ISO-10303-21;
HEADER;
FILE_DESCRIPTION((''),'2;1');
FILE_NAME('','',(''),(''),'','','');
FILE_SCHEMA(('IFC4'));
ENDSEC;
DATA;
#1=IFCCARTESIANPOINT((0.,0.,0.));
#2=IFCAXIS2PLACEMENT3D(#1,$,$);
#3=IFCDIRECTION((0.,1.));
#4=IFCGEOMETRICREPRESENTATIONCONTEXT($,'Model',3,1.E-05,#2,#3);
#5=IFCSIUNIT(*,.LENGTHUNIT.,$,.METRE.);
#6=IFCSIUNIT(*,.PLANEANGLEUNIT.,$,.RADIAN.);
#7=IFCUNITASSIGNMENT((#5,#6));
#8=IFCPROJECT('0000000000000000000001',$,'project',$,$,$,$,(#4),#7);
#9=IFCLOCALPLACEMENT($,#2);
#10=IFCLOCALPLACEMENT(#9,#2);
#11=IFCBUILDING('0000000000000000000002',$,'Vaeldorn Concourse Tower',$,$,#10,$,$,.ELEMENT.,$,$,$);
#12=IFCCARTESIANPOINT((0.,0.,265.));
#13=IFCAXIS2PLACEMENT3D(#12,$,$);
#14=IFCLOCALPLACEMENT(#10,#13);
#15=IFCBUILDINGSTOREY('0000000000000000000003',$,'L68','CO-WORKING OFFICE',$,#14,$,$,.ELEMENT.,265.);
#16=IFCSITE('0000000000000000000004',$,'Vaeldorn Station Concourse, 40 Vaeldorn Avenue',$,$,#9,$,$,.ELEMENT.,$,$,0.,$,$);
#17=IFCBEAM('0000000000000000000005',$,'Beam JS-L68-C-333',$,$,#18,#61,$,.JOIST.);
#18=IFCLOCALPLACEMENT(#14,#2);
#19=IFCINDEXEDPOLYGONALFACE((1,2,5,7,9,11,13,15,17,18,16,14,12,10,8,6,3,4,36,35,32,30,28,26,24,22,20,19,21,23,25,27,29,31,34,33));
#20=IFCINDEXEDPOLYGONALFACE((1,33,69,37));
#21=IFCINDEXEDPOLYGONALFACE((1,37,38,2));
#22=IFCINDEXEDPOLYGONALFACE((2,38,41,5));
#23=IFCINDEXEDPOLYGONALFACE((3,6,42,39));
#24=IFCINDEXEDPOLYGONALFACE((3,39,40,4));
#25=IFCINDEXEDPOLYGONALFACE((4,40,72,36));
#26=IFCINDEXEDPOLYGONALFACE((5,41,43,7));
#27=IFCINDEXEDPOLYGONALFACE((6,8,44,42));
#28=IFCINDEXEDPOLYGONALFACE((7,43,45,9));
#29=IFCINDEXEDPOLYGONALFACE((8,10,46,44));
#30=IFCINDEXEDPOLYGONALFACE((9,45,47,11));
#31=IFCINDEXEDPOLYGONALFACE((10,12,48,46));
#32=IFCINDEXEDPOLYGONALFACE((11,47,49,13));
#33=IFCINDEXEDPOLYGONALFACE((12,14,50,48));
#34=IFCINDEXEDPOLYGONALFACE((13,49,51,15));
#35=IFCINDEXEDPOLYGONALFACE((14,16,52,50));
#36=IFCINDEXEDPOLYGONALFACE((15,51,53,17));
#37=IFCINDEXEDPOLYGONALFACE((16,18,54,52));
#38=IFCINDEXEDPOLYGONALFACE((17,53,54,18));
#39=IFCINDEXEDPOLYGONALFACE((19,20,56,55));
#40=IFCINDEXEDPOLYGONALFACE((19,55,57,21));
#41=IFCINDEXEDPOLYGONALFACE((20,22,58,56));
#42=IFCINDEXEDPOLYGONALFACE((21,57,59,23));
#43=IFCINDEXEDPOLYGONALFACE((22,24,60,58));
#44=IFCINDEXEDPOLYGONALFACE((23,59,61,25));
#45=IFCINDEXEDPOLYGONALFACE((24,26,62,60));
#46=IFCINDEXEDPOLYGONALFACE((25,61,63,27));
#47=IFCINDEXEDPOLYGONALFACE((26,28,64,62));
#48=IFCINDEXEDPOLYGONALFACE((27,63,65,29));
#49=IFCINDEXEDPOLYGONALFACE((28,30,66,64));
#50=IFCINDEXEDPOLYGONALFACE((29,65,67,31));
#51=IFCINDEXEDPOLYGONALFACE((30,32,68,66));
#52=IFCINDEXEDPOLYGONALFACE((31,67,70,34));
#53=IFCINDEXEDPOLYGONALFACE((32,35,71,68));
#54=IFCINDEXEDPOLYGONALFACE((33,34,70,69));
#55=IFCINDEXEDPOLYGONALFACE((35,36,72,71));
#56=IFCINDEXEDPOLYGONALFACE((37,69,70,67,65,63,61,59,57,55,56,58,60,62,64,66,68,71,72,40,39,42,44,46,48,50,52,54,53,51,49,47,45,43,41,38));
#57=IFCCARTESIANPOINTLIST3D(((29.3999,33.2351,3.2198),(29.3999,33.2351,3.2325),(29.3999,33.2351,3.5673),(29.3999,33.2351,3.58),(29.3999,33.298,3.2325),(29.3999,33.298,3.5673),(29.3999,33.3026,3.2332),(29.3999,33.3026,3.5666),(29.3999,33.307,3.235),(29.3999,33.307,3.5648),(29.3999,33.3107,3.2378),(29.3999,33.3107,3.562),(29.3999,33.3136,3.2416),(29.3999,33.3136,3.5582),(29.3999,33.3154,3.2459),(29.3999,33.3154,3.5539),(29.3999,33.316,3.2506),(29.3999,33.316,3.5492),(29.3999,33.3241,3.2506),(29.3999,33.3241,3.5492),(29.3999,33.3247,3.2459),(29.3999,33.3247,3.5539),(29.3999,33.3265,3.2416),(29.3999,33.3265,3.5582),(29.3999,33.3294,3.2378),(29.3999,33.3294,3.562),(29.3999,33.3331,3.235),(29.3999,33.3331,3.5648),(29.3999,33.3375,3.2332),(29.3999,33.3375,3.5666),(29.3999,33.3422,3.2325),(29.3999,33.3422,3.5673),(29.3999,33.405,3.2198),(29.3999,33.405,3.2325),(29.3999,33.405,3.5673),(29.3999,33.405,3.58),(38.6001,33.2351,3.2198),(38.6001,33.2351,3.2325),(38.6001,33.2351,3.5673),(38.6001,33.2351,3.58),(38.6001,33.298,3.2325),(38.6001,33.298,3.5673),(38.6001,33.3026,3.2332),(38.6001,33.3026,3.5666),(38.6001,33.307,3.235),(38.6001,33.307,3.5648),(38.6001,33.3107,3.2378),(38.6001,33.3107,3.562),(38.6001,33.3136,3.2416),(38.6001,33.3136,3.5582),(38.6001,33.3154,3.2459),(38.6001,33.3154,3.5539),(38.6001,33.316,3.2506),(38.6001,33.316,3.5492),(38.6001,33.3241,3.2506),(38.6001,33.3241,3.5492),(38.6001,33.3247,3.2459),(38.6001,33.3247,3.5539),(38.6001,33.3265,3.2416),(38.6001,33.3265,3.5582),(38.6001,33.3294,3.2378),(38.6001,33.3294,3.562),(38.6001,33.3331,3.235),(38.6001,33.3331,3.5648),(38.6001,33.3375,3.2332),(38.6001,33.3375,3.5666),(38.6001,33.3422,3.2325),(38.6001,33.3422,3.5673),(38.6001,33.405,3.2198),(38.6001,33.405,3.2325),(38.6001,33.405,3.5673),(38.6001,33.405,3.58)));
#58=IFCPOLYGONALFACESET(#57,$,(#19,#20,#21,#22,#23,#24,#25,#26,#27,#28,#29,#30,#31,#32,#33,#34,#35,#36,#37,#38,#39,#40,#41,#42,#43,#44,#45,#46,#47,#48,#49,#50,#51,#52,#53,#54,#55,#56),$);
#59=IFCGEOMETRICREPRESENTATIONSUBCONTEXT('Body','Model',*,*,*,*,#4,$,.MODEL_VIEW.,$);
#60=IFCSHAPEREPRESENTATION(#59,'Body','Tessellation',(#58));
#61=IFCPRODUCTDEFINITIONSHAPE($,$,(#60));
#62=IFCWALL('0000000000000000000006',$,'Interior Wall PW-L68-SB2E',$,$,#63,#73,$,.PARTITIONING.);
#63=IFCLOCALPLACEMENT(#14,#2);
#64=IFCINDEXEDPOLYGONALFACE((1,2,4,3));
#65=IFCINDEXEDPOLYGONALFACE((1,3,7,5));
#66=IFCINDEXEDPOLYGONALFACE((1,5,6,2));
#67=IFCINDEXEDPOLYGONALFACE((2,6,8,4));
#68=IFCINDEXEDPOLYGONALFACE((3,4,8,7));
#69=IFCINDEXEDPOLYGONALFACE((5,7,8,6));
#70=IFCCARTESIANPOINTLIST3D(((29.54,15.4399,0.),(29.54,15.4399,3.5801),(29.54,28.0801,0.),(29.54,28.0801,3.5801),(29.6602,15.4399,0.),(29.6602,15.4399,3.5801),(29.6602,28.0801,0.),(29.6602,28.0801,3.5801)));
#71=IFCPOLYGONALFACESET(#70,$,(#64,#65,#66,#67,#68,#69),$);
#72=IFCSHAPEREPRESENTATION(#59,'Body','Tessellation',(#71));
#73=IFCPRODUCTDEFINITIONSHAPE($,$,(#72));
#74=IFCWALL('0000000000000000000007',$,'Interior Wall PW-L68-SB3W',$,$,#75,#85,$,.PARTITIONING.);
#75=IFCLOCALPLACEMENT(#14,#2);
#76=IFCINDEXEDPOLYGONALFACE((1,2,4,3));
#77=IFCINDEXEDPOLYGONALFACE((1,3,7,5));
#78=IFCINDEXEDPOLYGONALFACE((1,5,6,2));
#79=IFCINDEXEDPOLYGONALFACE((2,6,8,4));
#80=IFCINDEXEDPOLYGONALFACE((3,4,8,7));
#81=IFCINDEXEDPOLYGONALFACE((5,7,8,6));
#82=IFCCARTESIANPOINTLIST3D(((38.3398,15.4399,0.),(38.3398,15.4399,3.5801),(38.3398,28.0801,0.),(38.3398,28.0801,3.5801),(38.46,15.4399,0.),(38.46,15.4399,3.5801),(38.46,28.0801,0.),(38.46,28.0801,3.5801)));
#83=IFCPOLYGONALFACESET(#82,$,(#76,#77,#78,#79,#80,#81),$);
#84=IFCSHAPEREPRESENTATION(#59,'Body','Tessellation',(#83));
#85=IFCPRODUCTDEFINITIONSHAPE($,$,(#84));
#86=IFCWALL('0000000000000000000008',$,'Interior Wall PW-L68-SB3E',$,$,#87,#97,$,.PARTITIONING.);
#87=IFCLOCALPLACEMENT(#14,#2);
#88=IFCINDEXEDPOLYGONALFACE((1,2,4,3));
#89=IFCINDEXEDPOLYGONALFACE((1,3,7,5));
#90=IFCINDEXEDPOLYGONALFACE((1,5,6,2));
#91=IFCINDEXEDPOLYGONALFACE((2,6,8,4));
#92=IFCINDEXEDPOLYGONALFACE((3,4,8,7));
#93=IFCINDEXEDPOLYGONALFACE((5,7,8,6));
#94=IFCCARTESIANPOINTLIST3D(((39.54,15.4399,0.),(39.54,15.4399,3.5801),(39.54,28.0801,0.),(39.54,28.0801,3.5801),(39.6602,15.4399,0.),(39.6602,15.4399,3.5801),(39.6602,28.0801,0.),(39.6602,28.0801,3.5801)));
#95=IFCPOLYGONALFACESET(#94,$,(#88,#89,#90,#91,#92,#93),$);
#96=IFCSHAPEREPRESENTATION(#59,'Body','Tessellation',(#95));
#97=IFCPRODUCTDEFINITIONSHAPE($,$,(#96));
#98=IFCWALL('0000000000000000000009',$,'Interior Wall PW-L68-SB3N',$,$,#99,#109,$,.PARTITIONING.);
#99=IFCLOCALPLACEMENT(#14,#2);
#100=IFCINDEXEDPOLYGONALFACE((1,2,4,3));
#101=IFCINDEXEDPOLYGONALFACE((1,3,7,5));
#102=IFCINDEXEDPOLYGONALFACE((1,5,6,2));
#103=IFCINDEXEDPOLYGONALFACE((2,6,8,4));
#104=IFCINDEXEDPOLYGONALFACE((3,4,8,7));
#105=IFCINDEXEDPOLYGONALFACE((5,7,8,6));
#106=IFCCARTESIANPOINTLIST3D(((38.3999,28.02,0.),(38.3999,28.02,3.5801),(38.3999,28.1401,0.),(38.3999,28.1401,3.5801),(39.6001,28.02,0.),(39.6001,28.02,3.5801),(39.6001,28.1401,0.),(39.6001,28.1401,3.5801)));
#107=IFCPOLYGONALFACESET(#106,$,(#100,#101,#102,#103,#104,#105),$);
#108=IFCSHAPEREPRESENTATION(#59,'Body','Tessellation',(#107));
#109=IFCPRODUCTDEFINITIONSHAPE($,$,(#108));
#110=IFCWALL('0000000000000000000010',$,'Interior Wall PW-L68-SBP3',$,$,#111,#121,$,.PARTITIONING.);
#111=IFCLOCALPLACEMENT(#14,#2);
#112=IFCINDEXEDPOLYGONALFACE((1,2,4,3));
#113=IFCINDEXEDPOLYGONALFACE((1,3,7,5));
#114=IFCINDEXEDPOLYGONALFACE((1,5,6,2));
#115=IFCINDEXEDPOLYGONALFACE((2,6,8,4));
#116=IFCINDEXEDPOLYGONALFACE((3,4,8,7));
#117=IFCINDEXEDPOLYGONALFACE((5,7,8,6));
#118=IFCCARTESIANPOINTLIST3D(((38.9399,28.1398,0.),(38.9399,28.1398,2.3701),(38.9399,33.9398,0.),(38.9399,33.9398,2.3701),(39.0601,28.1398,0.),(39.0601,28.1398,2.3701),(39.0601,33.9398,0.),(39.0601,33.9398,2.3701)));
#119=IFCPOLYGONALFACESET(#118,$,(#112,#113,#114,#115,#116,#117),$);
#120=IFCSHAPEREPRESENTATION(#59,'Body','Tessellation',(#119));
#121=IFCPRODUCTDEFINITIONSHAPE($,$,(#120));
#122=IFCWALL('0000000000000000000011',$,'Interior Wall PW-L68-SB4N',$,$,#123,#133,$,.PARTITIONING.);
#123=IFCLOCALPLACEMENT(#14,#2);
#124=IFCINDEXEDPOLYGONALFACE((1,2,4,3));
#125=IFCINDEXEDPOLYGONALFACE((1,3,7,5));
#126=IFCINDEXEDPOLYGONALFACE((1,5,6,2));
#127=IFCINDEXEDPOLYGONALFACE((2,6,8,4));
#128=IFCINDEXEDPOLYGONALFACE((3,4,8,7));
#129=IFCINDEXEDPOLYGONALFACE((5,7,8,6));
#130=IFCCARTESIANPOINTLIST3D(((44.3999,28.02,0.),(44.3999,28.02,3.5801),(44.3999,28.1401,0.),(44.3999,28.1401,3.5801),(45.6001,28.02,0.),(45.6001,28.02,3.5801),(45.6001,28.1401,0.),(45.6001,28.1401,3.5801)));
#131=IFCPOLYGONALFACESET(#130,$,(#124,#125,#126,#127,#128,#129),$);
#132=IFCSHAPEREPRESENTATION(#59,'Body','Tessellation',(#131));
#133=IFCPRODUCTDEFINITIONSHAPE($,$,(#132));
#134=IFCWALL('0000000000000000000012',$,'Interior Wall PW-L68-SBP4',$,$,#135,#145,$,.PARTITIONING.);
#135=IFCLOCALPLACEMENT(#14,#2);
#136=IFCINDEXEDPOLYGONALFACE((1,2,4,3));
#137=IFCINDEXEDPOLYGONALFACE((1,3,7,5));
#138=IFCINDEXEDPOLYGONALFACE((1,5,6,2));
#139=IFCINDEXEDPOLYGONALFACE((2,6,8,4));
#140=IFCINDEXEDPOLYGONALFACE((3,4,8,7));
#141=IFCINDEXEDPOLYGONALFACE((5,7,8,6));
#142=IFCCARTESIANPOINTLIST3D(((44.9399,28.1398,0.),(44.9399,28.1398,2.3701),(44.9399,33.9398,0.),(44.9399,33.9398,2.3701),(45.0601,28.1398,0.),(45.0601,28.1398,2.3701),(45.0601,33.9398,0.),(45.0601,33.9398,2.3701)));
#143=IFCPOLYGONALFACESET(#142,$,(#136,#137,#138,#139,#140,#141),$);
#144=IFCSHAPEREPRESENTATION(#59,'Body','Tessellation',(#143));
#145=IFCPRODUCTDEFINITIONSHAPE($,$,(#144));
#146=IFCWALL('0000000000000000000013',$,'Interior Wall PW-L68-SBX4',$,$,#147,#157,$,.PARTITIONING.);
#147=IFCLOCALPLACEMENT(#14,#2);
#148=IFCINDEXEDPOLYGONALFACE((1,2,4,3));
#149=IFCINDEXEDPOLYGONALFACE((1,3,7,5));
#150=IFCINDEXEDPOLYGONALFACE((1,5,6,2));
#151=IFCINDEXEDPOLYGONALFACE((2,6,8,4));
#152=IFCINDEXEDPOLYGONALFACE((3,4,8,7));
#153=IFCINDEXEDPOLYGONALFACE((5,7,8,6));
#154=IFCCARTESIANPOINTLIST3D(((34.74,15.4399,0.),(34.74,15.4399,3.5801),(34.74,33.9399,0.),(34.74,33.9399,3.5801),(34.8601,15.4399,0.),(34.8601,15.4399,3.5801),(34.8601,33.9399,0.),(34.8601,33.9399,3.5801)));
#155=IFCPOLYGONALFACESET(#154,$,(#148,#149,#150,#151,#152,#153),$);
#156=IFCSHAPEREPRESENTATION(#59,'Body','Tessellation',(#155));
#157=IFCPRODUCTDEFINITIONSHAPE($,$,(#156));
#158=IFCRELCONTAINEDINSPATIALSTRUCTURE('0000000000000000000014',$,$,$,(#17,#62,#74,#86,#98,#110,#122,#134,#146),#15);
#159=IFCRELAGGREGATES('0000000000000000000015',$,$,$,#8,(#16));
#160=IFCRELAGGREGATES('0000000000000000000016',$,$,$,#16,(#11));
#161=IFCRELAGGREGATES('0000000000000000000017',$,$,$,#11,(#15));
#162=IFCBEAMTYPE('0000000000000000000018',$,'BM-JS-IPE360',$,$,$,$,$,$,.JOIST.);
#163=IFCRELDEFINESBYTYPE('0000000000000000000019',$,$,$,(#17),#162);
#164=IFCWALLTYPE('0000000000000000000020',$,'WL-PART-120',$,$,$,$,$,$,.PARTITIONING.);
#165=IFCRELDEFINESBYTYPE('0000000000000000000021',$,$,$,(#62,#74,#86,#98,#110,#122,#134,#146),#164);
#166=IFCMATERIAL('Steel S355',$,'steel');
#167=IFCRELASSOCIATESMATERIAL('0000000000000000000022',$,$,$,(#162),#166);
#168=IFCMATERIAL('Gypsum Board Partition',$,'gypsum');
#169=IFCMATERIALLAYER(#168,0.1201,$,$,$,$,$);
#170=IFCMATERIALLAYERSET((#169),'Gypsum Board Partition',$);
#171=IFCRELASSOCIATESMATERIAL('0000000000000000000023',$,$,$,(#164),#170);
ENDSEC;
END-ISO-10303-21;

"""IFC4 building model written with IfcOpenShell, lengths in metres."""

from ifc_helpers import new_model, si_unit, direction, frame, frame_2d, origin, origin_2d, place, context, subcontext, project, spatial, rectangle, i_section, extrude, source, transform, mapped, material, layer, layer_set, material_profile, profile_set, type_object, element, save


model = new_model("IFC4")

# Units and contexts
model_context = context("Model", 3, precision=1e-05, world=origin(), true_north=direction((0.0, 1.0)))
body_context = subcontext(model_context, "Body", "Model", "MODEL_VIEW")
ifc_project = project(units=[si_unit("LENGTHUNIT", "METRE"), si_unit("PLANEANGLEUNIT", "RADIAN")], contexts=[model_context])

# Site, building, storey
site_placement = place(None, origin())
site = spatial("IfcSite", under=ifc_project, at=site_placement, Name="Vaeldorn Station Concourse, 40 Vaeldorn Avenue", CompositionType="ELEMENT", RefElevation=0.0)
building_placement = place(site_placement, origin())
building = spatial("IfcBuilding", under=site, at=building_placement, Name="Vaeldorn Concourse Tower", CompositionType="ELEMENT")
storey_placement = place(building_placement, frame((0.0, 0.0, 265.0)))
storey = spatial("IfcBuildingStorey", under=building, at=storey_placement, Name="L68", Description="CO-WORKING OFFICE", CompositionType="ELEMENT", Elevation=265.0)

# Shared definitions
ifc_material_1 = material(Name="Steel S355", Category="steel")

# Beam
ifc_material_profile_1 = material_profile(ifc_material_1, i_section(OverallWidth=0.1699, OverallDepth=0.3601, WebThickness=0.0081, FlangeThickness=0.0127, FilletRadius=0.0181, at=origin_2d()), Name="IPE 360")
ifc_profile_set_1 = profile_set([ifc_material_profile_1], Name="Steel S355")
beam_type_1 = type_object("IfcBeamType", Name="BM-JS-IPE360", PredefinedType="JOIST", material=ifc_profile_set_1)
shared_shape_1 = source(origin(), body_context, "Body", "SweptSolid", [
    extrude(i_section(OverallWidth=0.1699, OverallDepth=0.3601, WebThickness=0.0081, FlangeThickness=0.0127, FilletRadius=0.0181, at=origin_2d()), origin(), (0.0, 0.0, 1.0), 9.2002),
])
for number, where, z_axis, x_axis, name in (
    (1, (29.3999, 33.3201, 3.3999), (1.0, 0.0, 0.0), (0.0, 1.0, 0.0), "Beam JS-L68-C-333"),
):
    element("IfcBeam", number, at=place(storey_placement, frame(where, z_axis=z_axis, x_axis=x_axis)), inside=storey, type_object=beam_type_1, Name=name, PredefinedType="JOIST", context=body_context, shape_type="MappedRepresentation", body=[
        mapped(shared_shape_1, transform((0.0, 0.0, 0.0), scale=1.0)),
    ])

# Walls
ifc_material_2 = material(Name="Gypsum Board Partition", Category="gypsum")
ifc_layer = layer(ifc_material_2, 0.1201)
ifc_layer_set = layer_set([ifc_layer], Name="Gypsum Board Partition")
wall_type = type_object("IfcWallType", Name="WL-PART-120", PredefinedType="PARTITIONING", material=ifc_layer_set)
for number, where, z_axis, x_axis, name in (
    (2, (29.6001, 15.4399, 0.0), (0.0, 0.0, 1.0), (0.0, 1.0, 0.0), "Interior Wall PW-L68-SB2E"),
    (3, (38.3999, 15.4399, 0.0), (0.0, 0.0, 1.0), (0.0, 1.0, 0.0), "Interior Wall PW-L68-SB3W"),
    (4, (39.6001, 15.4399, 0.0), (0.0, 0.0, 1.0), (0.0, 1.0, 0.0), "Interior Wall PW-L68-SB3E"),
):
    element("IfcWall", number, at=place(storey_placement, frame(where, z_axis=z_axis, x_axis=x_axis)), inside=storey, type_object=wall_type, Name=name, PredefinedType="PARTITIONING", context=body_context, shape_type="SweptSolid", body=[
        extrude(rectangle(XDim=12.6401, YDim=0.1201, at=frame_2d((6.3201, 0.0))), origin(), (0.0, 0.0, 1.0), 3.5801),
    ])
wall_1_placement = place(storey_placement, frame((38.3999, 28.0801, 0.0), z_axis=(0.0, 0.0, 1.0), x_axis=(1.0, 0.0, 0.0)))
element("IfcWall", 5, at=wall_1_placement, inside=storey, type_object=wall_type, Name="Interior Wall PW-L68-SB3N", PredefinedType="PARTITIONING", context=body_context, shape_type="SweptSolid", body=[
    extrude(rectangle(XDim=1.2002, YDim=0.1201, at=frame_2d((0.6001, 0.0))), origin(), (0.0, 0.0, 1.0), 3.5801),
])
wall_2_placement = place(storey_placement, frame((39.0, 28.1399, 0.0), z_axis=(0.0, 0.0, 1.0), x_axis=(0.0, 1.0, 0.0)))
element("IfcWall", 6, at=wall_2_placement, inside=storey, type_object=wall_type, Name="Interior Wall PW-L68-SBP3", PredefinedType="PARTITIONING", context=body_context, shape_type="SweptSolid", body=[
    extrude(rectangle(XDim=5.8, YDim=0.1201, at=frame_2d((2.8999, 0.0))), origin(), (0.0, 0.0, 1.0), 2.3701),
])
wall_3_placement = place(storey_placement, frame((44.3999, 28.0801, 0.0), z_axis=(0.0, 0.0, 1.0), x_axis=(1.0, 0.0, 0.0)))
element("IfcWall", 7, at=wall_3_placement, inside=storey, type_object=wall_type, Name="Interior Wall PW-L68-SB4N", PredefinedType="PARTITIONING", context=body_context, shape_type="SweptSolid", body=[
    extrude(rectangle(XDim=1.2002, YDim=0.1201, at=frame_2d((0.6001, 0.0))), origin(), (0.0, 0.0, 1.0), 3.5801),
])
wall_4_placement = place(storey_placement, frame((45.0, 28.1399, 0.0), z_axis=(0.0, 0.0, 1.0), x_axis=(0.0, 1.0, 0.0)))
element("IfcWall", 8, at=wall_4_placement, inside=storey, type_object=wall_type, Name="Interior Wall PW-L68-SBP4", PredefinedType="PARTITIONING", context=body_context, shape_type="SweptSolid", body=[
    extrude(rectangle(XDim=5.8, YDim=0.1201, at=frame_2d((2.8999, 0.0))), origin(), (0.0, 0.0, 1.0), 2.3701),
])
wall_5_placement = place(storey_placement, frame((34.8, 15.4399, 0.0), z_axis=(0.0, 0.0, 1.0), x_axis=(0.0, 1.0, 0.0)))
element("IfcWall", 9, at=wall_5_placement, inside=storey, type_object=wall_type, Name="Interior Wall PW-L68-SBX4", PredefinedType="PARTITIONING", context=body_context, shape_type="SweptSolid", body=[
    extrude(rectangle(XDim=18.5, YDim=0.1201, at=frame_2d((9.25, 0.0))), origin(), (0.0, 0.0, 1.0), 3.5801),
])

save(model, "model.ifc")
